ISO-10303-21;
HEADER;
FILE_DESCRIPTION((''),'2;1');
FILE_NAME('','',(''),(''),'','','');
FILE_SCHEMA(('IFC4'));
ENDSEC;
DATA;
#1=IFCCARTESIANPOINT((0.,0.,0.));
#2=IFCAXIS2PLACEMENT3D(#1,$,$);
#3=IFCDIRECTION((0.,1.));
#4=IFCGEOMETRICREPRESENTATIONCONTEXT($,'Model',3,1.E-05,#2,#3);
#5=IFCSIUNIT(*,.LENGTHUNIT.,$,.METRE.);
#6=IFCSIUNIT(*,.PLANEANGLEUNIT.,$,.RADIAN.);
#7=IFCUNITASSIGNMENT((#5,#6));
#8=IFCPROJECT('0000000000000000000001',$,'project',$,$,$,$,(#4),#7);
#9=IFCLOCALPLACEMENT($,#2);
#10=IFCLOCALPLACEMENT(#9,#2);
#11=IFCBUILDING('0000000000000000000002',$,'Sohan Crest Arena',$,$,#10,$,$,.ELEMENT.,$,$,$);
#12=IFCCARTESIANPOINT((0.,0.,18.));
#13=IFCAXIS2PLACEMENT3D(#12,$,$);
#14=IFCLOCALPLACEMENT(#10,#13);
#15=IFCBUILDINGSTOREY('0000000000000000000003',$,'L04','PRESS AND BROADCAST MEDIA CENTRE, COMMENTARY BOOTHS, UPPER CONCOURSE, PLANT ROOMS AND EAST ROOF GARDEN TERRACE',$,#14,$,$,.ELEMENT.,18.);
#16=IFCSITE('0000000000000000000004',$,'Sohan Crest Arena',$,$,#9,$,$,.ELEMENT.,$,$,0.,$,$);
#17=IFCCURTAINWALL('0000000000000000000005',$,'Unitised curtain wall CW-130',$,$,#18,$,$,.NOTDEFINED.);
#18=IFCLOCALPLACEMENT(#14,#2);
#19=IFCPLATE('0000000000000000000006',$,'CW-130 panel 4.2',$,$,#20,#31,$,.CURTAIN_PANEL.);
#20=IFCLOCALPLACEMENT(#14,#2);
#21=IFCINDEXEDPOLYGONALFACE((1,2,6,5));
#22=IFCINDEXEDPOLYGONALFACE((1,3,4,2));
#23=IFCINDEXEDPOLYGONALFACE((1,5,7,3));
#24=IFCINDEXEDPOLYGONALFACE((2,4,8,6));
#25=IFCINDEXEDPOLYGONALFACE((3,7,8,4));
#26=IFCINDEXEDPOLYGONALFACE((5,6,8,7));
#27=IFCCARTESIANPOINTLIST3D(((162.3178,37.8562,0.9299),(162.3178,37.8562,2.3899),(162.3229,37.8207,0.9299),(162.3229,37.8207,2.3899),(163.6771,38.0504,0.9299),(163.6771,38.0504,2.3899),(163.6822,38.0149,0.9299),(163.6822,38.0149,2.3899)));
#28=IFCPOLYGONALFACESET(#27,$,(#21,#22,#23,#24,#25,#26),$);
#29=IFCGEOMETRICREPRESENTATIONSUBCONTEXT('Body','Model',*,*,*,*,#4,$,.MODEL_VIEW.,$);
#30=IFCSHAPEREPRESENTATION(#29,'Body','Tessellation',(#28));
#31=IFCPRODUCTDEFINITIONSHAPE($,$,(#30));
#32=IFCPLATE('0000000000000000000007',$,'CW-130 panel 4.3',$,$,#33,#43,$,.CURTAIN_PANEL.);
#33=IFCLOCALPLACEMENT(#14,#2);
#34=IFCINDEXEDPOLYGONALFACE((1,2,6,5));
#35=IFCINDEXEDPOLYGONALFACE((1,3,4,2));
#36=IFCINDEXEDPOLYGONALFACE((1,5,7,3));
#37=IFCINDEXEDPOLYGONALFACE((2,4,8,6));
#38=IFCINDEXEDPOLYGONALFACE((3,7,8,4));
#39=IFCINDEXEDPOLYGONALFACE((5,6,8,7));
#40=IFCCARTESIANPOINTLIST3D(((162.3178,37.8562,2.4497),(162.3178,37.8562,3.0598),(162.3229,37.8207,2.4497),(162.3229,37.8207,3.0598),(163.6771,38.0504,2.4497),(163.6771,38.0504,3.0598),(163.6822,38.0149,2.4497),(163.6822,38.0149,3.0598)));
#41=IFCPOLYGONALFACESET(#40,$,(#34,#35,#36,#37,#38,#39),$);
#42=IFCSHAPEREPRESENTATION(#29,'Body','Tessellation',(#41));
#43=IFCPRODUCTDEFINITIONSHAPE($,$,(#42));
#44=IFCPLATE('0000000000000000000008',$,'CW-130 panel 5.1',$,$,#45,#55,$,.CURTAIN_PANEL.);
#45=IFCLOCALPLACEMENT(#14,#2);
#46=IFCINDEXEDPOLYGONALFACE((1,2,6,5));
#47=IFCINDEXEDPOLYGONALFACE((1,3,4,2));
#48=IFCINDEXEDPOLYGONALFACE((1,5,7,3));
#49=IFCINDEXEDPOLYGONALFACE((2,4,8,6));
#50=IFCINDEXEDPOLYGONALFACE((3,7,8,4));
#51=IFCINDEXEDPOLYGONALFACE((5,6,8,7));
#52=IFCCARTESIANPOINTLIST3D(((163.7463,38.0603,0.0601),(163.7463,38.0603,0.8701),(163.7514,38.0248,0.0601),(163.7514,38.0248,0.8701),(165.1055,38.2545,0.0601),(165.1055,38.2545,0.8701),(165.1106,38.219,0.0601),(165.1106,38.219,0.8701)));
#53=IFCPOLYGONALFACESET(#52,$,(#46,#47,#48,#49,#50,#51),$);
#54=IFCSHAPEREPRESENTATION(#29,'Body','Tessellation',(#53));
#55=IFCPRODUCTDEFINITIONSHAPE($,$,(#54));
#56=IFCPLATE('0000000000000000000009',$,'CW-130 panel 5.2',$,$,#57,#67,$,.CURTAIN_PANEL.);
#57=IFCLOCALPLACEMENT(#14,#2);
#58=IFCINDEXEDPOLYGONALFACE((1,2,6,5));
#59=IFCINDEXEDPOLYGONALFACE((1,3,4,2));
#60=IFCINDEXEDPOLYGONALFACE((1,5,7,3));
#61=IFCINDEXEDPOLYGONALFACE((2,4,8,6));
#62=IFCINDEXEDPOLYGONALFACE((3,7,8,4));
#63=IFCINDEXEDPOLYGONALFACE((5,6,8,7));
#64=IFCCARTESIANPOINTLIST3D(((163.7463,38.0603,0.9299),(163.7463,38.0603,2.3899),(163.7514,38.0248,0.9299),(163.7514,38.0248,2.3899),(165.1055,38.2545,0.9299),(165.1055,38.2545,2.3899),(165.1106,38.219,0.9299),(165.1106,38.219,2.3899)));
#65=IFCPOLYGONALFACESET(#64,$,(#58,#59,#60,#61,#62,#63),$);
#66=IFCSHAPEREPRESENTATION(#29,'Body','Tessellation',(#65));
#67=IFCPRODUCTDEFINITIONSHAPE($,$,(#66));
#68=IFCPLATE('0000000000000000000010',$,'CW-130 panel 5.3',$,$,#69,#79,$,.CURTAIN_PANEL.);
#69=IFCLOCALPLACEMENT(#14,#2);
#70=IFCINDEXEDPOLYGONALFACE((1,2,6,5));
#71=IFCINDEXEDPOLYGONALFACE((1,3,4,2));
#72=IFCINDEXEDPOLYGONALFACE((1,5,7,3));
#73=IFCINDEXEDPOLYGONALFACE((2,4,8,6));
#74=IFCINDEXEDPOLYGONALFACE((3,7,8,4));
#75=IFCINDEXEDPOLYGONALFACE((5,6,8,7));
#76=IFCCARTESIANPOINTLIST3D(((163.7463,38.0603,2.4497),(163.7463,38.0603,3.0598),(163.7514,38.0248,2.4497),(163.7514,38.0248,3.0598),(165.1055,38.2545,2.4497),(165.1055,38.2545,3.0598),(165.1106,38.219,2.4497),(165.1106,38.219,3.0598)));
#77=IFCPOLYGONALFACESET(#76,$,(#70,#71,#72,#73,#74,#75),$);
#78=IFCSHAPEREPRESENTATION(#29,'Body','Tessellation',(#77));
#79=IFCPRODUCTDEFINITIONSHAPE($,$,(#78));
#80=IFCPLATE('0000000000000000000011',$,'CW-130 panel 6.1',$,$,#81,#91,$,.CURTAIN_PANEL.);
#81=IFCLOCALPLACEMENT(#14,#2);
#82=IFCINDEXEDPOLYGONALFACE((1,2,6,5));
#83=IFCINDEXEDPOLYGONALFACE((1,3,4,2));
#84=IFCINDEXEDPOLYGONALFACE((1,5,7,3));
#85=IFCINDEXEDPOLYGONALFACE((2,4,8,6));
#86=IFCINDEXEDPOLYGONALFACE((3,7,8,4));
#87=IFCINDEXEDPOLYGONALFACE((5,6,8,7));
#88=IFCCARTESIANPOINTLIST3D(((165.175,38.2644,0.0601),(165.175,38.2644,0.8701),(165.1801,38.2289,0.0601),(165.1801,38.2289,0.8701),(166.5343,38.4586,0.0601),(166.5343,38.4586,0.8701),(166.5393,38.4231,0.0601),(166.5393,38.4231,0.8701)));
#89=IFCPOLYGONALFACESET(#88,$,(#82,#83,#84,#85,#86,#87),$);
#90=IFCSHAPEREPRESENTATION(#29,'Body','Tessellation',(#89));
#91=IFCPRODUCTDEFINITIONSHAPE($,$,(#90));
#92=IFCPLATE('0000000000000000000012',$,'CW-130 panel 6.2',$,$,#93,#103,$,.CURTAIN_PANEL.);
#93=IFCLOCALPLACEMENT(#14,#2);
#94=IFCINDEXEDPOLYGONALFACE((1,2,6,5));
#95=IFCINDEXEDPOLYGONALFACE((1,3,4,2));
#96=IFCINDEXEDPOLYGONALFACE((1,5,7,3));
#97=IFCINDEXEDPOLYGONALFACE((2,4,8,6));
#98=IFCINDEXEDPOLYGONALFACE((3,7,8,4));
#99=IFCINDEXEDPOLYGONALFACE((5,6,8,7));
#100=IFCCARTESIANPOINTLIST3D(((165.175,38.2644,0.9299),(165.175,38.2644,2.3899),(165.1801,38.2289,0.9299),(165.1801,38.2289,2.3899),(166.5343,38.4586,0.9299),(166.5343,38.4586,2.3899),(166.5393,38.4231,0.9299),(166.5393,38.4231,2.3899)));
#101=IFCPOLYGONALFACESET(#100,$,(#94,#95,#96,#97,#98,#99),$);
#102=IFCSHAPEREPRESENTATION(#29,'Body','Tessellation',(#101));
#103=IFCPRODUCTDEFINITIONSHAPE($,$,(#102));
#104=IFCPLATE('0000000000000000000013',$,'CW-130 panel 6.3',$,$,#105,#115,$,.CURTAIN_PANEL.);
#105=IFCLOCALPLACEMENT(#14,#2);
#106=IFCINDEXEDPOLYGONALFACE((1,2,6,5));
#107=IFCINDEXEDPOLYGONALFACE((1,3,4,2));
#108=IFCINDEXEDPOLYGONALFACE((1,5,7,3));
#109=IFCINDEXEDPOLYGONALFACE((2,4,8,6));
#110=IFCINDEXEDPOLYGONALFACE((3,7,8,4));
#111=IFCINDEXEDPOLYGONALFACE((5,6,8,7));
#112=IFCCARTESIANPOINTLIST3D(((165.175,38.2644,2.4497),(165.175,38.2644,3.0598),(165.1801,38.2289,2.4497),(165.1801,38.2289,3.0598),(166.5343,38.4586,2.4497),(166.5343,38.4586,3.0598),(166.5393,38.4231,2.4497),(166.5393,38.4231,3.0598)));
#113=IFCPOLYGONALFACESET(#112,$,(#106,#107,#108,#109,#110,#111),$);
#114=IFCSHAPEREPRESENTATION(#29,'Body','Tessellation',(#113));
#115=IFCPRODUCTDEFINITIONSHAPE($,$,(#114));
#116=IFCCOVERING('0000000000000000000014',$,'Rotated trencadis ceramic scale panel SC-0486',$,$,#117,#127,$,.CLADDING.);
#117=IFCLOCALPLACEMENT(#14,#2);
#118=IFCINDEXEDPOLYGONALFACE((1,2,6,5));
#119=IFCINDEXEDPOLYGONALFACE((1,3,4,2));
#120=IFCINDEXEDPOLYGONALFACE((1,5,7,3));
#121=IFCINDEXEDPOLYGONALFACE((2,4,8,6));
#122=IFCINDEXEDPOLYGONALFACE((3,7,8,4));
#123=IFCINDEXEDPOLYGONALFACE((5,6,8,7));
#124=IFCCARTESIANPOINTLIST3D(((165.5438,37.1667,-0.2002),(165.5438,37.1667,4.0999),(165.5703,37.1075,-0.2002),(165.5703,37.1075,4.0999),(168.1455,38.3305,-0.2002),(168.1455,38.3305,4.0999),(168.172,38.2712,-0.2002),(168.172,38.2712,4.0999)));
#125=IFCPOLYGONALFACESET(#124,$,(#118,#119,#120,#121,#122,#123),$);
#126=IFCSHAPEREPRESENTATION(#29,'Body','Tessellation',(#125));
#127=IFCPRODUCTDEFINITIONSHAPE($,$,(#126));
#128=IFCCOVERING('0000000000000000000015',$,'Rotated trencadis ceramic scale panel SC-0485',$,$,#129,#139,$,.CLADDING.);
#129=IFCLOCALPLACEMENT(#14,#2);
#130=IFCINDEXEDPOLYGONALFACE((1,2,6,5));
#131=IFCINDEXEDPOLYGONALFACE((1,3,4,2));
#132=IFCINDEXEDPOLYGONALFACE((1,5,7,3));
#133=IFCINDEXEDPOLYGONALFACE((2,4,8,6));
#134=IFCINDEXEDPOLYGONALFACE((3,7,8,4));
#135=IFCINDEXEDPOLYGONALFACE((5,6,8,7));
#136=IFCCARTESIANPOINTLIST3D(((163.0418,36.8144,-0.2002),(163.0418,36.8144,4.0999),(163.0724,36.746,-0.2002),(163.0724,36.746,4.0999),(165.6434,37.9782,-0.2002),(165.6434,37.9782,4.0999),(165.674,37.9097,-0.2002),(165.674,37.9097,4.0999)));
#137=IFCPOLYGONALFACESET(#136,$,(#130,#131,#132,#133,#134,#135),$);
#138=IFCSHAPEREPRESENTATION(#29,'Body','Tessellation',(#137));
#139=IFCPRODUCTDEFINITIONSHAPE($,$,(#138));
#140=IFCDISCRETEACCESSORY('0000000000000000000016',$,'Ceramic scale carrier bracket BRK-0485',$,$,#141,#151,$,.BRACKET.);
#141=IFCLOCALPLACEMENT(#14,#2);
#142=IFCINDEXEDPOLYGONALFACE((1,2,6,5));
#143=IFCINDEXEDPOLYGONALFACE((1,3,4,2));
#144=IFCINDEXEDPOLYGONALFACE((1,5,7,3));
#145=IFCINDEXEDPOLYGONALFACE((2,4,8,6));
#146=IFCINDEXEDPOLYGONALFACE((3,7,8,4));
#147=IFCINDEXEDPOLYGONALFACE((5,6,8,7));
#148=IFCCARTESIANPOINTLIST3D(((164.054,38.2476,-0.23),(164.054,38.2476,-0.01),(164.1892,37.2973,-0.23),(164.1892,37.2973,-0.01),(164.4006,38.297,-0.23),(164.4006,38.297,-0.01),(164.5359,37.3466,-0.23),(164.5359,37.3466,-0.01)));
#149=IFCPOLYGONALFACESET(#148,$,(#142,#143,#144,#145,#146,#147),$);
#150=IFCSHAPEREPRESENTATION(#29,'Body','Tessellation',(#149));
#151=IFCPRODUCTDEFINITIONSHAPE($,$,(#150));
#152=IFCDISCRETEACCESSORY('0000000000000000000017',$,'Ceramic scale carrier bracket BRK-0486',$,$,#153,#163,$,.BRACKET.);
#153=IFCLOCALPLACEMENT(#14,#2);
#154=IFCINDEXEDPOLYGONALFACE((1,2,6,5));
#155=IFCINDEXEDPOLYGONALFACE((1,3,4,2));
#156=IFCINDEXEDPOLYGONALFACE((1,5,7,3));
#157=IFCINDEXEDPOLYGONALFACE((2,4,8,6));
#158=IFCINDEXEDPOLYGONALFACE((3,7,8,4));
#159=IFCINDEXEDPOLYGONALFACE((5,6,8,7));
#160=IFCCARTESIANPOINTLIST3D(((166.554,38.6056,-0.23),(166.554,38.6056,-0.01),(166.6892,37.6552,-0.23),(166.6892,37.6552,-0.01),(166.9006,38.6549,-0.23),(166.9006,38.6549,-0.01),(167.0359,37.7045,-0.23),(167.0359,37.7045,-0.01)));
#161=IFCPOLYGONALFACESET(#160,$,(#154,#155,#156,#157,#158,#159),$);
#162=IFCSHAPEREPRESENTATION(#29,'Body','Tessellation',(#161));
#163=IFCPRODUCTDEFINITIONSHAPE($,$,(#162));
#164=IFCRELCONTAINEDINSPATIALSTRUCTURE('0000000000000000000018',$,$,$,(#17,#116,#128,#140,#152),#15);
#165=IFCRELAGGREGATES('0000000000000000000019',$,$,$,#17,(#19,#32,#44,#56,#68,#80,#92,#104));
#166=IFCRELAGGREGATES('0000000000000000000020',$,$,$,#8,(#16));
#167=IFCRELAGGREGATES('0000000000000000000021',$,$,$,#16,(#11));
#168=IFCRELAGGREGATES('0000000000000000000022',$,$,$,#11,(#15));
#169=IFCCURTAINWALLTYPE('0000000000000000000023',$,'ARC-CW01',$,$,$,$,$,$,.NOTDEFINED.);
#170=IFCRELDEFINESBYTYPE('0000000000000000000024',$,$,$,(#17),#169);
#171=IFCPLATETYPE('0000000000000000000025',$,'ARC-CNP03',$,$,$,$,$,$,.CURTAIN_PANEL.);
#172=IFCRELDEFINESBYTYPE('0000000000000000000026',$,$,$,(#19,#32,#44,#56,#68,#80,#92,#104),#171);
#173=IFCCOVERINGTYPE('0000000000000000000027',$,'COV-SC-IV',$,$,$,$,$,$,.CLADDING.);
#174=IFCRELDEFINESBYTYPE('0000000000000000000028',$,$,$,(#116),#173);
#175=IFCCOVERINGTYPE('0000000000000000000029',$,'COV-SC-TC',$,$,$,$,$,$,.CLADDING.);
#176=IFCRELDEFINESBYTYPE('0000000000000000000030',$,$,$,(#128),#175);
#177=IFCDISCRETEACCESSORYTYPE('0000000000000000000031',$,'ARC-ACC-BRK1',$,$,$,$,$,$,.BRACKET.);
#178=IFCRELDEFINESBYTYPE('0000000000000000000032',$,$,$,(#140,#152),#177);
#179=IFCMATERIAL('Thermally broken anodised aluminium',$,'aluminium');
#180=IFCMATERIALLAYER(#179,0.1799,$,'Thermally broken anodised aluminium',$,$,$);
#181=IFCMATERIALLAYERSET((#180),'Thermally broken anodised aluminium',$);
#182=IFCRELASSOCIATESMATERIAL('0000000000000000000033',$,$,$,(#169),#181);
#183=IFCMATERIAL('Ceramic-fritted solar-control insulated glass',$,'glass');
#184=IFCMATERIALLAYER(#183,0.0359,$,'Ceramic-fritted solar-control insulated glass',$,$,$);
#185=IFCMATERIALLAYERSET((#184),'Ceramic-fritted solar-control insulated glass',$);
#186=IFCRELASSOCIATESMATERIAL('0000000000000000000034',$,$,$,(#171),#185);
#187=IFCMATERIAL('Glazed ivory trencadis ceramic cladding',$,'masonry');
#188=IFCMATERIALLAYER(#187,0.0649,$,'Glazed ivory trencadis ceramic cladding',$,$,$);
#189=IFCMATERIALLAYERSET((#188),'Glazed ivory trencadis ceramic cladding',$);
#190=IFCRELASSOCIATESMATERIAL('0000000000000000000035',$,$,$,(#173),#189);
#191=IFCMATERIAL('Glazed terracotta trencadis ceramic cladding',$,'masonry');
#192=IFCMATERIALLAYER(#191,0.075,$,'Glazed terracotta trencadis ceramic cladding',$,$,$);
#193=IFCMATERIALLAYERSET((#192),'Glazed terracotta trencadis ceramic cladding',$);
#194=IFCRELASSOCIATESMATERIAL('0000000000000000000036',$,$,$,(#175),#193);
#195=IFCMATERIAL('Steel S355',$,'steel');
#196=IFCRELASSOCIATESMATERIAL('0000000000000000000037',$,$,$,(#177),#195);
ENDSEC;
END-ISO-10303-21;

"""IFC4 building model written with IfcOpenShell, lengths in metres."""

from ifc_helpers import new_model, si_unit, direction, frame, origin, origin_2d, place, context, subcontext, project, spatial, rectangle, extrude, material, layer, layer_set, type_object, element, aggregate, save


model = new_model("IFC4")

# Units and contexts
model_context = context("Model", 3, precision=1e-05, world=origin(), true_north=direction((0.0, 1.0)))
body_context = subcontext(model_context, "Body", "Model", "MODEL_VIEW")
ifc_project = project(units=[si_unit("LENGTHUNIT", "METRE"), si_unit("PLANEANGLEUNIT", "RADIAN")], contexts=[model_context])

# Site, building, storey
site_placement = place(None, origin())
site = spatial("IfcSite", under=ifc_project, at=site_placement, Name="Sohan Crest Arena", CompositionType="ELEMENT", RefElevation=0.0)
building_placement = place(site_placement, origin())
building = spatial("IfcBuilding", under=site, at=building_placement, Name="Sohan Crest Arena", CompositionType="ELEMENT")
storey_placement = place(building_placement, frame((0.0, 0.0, 18.0)))
storey = spatial("IfcBuildingStorey", under=building, at=storey_placement, Name="L04", Description="PRESS AND BROADCAST MEDIA CENTRE, COMMENTARY BOOTHS, UPPER CONCOURSE, PLANT ROOMS AND EAST ROOF GARDEN TERRACE", CompositionType="ELEMENT", Elevation=18.0)

# Curtain wall, plates
ifc_material_1 = material(Name="Thermally broken anodised aluminium", Category="aluminium")
ifc_layer_1 = layer(ifc_material_1, 0.1799, Name="Thermally broken anodised aluminium")
ifc_layer_set_1 = layer_set([ifc_layer_1], Name="Thermally broken anodised aluminium")
curtain_wall_type = type_object("IfcCurtainWallType", Name="ARC-CW01", PredefinedType="NOTDEFINED", material=ifc_layer_set_1)
curtain_wall_placement = place(storey_placement, origin())
curtain_wall = element("IfcCurtainWall", 1, at=curtain_wall_placement, inside=storey, type_object=curtain_wall_type, Name="Unitised curtain wall CW-130", PredefinedType="NOTDEFINED")
ifc_material_2 = material(Name="Ceramic-fritted solar-control insulated glass", Category="glass")
ifc_layer_2 = layer(ifc_material_2, 0.0359, Name="Ceramic-fritted solar-control insulated glass")
ifc_layer_set_2 = layer_set([ifc_layer_2], Name="Ceramic-fritted solar-control insulated glass")
plate_type = type_object("IfcPlateType", Name="ARC-CNP03", PredefinedType="CURTAIN_PANEL", material=ifc_layer_set_2)
plate_1_placement = place(storey_placement, frame((163.0, 37.9355, 0.9299), z_axis=(0.0, 0.0, 1.0), x_axis=(0.989944, 0.141463, 0.0)))
plate_1 = element("IfcPlate", 2, at=plate_1_placement, type_object=plate_type, Name="CW-130 panel 4.2", PredefinedType="CURTAIN_PANEL", context=body_context, shape_type="SweptSolid", body=[
    extrude(rectangle(XDim=1.373, YDim=0.0359, at=origin_2d()), origin(), (0.0, 0.0, 1.0), 1.46),
])
plate_2_placement = place(storey_placement, frame((163.0, 37.9355, 2.4497), z_axis=(0.0, 0.0, 1.0), x_axis=(0.989944, 0.141463, 0.0)))
plate_2 = element("IfcPlate", 3, at=plate_2_placement, type_object=plate_type, Name="CW-130 panel 4.3", PredefinedType="CURTAIN_PANEL", context=body_context, shape_type="SweptSolid", body=[
    extrude(rectangle(XDim=1.373, YDim=0.0359, at=origin_2d()), origin(), (0.0, 0.0, 1.0), 0.6101),
])
plate_3_placement = place(storey_placement, frame((164.4285, 38.1396, 0.0601), z_axis=(0.0, 0.0, 1.0), x_axis=(0.989944, 0.141463, 0.0)))
plate_3 = element("IfcPlate", 4, at=plate_3_placement, type_object=plate_type, Name="CW-130 panel 5.1", PredefinedType="CURTAIN_PANEL", context=body_context, shape_type="SweptSolid", body=[
    extrude(rectangle(XDim=1.373, YDim=0.0359, at=origin_2d()), origin(), (0.0, 0.0, 1.0), 0.8101),
])
plate_4_placement = place(storey_placement, frame((164.4285, 38.1396, 0.9299), z_axis=(0.0, 0.0, 1.0), x_axis=(0.989944, 0.141463, 0.0)))
plate_4 = element("IfcPlate", 5, at=plate_4_placement, type_object=plate_type, Name="CW-130 panel 5.2", PredefinedType="CURTAIN_PANEL", context=body_context, shape_type="SweptSolid", body=[
    extrude(rectangle(XDim=1.373, YDim=0.0359, at=origin_2d()), origin(), (0.0, 0.0, 1.0), 1.46),
])
plate_5_placement = place(storey_placement, frame((164.4285, 38.1396, 2.4497), z_axis=(0.0, 0.0, 1.0), x_axis=(0.989944, 0.141463, 0.0)))
plate_5 = element("IfcPlate", 6, at=plate_5_placement, type_object=plate_type, Name="CW-130 panel 5.3", PredefinedType="CURTAIN_PANEL", context=body_context, shape_type="SweptSolid", body=[
    extrude(rectangle(XDim=1.373, YDim=0.0359, at=origin_2d()), origin(), (0.0, 0.0, 1.0), 0.6101),
])
plate_6_placement = place(storey_placement, frame((165.8572, 38.3438, 0.0601), z_axis=(0.0, 0.0, 1.0), x_axis=(0.989944, 0.141463, 0.0)))
plate_6 = element("IfcPlate", 7, at=plate_6_placement, type_object=plate_type, Name="CW-130 panel 6.1", PredefinedType="CURTAIN_PANEL", context=body_context, shape_type="SweptSolid", body=[
    extrude(rectangle(XDim=1.373, YDim=0.0359, at=origin_2d()), origin(), (0.0, 0.0, 1.0), 0.8101),
])
plate_7_placement = place(storey_placement, frame((165.8572, 38.3438, 0.9299), z_axis=(0.0, 0.0, 1.0), x_axis=(0.989944, 0.141463, 0.0)))
plate_7 = element("IfcPlate", 8, at=plate_7_placement, type_object=plate_type, Name="CW-130 panel 6.2", PredefinedType="CURTAIN_PANEL", context=body_context, shape_type="SweptSolid", body=[
    extrude(rectangle(XDim=1.373, YDim=0.0359, at=origin_2d()), origin(), (0.0, 0.0, 1.0), 1.46),
])
plate_8_placement = place(storey_placement, frame((165.8572, 38.3438, 2.4497), z_axis=(0.0, 0.0, 1.0), x_axis=(0.989944, 0.141463, 0.0)))
plate_8 = element("IfcPlate", 9, at=plate_8_placement, type_object=plate_type, Name="CW-130 panel 6.3", PredefinedType="CURTAIN_PANEL", context=body_context, shape_type="SweptSolid", body=[
    extrude(rectangle(XDim=1.373, YDim=0.0359, at=origin_2d()), origin(), (0.0, 0.0, 1.0), 0.6101),
])
aggregate(curtain_wall, [plate_1, plate_2, plate_3, plate_4, plate_5, plate_6, plate_7, plate_8])

# Coverings
ifc_material_3 = material(Name="Glazed ivory trencadis ceramic cladding", Category="masonry")
ifc_layer_3 = layer(ifc_material_3, 0.0649, Name="Glazed ivory trencadis ceramic cladding")
ifc_layer_set_3 = layer_set([ifc_layer_3], Name="Glazed ivory trencadis ceramic cladding")
covering_type_1 = type_object("IfcCoveringType", Name="COV-SC-IV", PredefinedType="CLADDING", material=ifc_layer_set_3)
covering_1_placement = place(storey_placement, frame((166.8579, 37.719, -0.2002), z_axis=(0.0, 0.0, 1.0), x_axis=(0.912834, 0.40833, 0.0)))
element("IfcCovering", 10, at=covering_1_placement, inside=storey, type_object=covering_type_1, Name="Rotated trencadis ceramic scale panel SC-0486", PredefinedType="CLADDING", context=body_context, shape_type="SweptSolid", body=[
    extrude(rectangle(XDim=2.8501, YDim=0.0649, at=origin_2d()), origin(), (0.0, 0.0, 1.0), 4.3),
])
ifc_material_4 = material(Name="Glazed terracotta trencadis ceramic cladding", Category="masonry")
ifc_layer_4 = layer(ifc_material_4, 0.075, Name="Glazed terracotta trencadis ceramic cladding")
ifc_layer_set_4 = layer_set([ifc_layer_4], Name="Glazed terracotta trencadis ceramic cladding")
covering_type_2 = type_object("IfcCoveringType", Name="COV-SC-TC", PredefinedType="CLADDING", material=ifc_layer_set_4)
covering_2_placement = place(storey_placement, frame((164.3579, 37.3621, -0.2002), z_axis=(0.0, 0.0, 1.0), x_axis=(0.912834, 0.40833, 0.0)))
element("IfcCovering", 11, at=covering_2_placement, inside=storey, type_object=covering_type_2, Name="Rotated trencadis ceramic scale panel SC-0485", PredefinedType="CLADDING", context=body_context, shape_type="SweptSolid", body=[
    extrude(rectangle(XDim=2.8501, YDim=0.075, at=origin_2d()), origin(), (0.0, 0.0, 1.0), 4.3),
])

# Discrete accessories
ifc_material_5 = material(Name="Steel S355", Category="steel")
discrete_accessory_type = type_object("IfcDiscreteAccessoryType", Name="ARC-ACC-BRK1", PredefinedType="BRACKET", material=ifc_material_5)
for number, where, z_axis, x_axis, name in (
    (12, (164.2949, 37.7971, -0.23), (0.0, 0.0, 1.0), (0.990024, 0.140901, 0.0), "Ceramic scale carrier bracket BRK-0485"),
    (13, (166.7949, 38.155, -0.23), (0.0, 0.0, 1.0), (0.990024, 0.140901, 0.0), "Ceramic scale carrier bracket BRK-0486"),
):
    element("IfcDiscreteAccessory", number, at=place(storey_placement, frame(where, z_axis=z_axis, x_axis=x_axis)), inside=storey, type_object=discrete_accessory_type, Name=name, PredefinedType="BRACKET", context=body_context, shape_type="SweptSolid", body=[
        extrude(rectangle(XDim=0.3501, YDim=0.96, at=origin_2d()), origin(), (0.0, 0.0, 1.0), 0.22),
    ])

save(model, "model.ifc")
